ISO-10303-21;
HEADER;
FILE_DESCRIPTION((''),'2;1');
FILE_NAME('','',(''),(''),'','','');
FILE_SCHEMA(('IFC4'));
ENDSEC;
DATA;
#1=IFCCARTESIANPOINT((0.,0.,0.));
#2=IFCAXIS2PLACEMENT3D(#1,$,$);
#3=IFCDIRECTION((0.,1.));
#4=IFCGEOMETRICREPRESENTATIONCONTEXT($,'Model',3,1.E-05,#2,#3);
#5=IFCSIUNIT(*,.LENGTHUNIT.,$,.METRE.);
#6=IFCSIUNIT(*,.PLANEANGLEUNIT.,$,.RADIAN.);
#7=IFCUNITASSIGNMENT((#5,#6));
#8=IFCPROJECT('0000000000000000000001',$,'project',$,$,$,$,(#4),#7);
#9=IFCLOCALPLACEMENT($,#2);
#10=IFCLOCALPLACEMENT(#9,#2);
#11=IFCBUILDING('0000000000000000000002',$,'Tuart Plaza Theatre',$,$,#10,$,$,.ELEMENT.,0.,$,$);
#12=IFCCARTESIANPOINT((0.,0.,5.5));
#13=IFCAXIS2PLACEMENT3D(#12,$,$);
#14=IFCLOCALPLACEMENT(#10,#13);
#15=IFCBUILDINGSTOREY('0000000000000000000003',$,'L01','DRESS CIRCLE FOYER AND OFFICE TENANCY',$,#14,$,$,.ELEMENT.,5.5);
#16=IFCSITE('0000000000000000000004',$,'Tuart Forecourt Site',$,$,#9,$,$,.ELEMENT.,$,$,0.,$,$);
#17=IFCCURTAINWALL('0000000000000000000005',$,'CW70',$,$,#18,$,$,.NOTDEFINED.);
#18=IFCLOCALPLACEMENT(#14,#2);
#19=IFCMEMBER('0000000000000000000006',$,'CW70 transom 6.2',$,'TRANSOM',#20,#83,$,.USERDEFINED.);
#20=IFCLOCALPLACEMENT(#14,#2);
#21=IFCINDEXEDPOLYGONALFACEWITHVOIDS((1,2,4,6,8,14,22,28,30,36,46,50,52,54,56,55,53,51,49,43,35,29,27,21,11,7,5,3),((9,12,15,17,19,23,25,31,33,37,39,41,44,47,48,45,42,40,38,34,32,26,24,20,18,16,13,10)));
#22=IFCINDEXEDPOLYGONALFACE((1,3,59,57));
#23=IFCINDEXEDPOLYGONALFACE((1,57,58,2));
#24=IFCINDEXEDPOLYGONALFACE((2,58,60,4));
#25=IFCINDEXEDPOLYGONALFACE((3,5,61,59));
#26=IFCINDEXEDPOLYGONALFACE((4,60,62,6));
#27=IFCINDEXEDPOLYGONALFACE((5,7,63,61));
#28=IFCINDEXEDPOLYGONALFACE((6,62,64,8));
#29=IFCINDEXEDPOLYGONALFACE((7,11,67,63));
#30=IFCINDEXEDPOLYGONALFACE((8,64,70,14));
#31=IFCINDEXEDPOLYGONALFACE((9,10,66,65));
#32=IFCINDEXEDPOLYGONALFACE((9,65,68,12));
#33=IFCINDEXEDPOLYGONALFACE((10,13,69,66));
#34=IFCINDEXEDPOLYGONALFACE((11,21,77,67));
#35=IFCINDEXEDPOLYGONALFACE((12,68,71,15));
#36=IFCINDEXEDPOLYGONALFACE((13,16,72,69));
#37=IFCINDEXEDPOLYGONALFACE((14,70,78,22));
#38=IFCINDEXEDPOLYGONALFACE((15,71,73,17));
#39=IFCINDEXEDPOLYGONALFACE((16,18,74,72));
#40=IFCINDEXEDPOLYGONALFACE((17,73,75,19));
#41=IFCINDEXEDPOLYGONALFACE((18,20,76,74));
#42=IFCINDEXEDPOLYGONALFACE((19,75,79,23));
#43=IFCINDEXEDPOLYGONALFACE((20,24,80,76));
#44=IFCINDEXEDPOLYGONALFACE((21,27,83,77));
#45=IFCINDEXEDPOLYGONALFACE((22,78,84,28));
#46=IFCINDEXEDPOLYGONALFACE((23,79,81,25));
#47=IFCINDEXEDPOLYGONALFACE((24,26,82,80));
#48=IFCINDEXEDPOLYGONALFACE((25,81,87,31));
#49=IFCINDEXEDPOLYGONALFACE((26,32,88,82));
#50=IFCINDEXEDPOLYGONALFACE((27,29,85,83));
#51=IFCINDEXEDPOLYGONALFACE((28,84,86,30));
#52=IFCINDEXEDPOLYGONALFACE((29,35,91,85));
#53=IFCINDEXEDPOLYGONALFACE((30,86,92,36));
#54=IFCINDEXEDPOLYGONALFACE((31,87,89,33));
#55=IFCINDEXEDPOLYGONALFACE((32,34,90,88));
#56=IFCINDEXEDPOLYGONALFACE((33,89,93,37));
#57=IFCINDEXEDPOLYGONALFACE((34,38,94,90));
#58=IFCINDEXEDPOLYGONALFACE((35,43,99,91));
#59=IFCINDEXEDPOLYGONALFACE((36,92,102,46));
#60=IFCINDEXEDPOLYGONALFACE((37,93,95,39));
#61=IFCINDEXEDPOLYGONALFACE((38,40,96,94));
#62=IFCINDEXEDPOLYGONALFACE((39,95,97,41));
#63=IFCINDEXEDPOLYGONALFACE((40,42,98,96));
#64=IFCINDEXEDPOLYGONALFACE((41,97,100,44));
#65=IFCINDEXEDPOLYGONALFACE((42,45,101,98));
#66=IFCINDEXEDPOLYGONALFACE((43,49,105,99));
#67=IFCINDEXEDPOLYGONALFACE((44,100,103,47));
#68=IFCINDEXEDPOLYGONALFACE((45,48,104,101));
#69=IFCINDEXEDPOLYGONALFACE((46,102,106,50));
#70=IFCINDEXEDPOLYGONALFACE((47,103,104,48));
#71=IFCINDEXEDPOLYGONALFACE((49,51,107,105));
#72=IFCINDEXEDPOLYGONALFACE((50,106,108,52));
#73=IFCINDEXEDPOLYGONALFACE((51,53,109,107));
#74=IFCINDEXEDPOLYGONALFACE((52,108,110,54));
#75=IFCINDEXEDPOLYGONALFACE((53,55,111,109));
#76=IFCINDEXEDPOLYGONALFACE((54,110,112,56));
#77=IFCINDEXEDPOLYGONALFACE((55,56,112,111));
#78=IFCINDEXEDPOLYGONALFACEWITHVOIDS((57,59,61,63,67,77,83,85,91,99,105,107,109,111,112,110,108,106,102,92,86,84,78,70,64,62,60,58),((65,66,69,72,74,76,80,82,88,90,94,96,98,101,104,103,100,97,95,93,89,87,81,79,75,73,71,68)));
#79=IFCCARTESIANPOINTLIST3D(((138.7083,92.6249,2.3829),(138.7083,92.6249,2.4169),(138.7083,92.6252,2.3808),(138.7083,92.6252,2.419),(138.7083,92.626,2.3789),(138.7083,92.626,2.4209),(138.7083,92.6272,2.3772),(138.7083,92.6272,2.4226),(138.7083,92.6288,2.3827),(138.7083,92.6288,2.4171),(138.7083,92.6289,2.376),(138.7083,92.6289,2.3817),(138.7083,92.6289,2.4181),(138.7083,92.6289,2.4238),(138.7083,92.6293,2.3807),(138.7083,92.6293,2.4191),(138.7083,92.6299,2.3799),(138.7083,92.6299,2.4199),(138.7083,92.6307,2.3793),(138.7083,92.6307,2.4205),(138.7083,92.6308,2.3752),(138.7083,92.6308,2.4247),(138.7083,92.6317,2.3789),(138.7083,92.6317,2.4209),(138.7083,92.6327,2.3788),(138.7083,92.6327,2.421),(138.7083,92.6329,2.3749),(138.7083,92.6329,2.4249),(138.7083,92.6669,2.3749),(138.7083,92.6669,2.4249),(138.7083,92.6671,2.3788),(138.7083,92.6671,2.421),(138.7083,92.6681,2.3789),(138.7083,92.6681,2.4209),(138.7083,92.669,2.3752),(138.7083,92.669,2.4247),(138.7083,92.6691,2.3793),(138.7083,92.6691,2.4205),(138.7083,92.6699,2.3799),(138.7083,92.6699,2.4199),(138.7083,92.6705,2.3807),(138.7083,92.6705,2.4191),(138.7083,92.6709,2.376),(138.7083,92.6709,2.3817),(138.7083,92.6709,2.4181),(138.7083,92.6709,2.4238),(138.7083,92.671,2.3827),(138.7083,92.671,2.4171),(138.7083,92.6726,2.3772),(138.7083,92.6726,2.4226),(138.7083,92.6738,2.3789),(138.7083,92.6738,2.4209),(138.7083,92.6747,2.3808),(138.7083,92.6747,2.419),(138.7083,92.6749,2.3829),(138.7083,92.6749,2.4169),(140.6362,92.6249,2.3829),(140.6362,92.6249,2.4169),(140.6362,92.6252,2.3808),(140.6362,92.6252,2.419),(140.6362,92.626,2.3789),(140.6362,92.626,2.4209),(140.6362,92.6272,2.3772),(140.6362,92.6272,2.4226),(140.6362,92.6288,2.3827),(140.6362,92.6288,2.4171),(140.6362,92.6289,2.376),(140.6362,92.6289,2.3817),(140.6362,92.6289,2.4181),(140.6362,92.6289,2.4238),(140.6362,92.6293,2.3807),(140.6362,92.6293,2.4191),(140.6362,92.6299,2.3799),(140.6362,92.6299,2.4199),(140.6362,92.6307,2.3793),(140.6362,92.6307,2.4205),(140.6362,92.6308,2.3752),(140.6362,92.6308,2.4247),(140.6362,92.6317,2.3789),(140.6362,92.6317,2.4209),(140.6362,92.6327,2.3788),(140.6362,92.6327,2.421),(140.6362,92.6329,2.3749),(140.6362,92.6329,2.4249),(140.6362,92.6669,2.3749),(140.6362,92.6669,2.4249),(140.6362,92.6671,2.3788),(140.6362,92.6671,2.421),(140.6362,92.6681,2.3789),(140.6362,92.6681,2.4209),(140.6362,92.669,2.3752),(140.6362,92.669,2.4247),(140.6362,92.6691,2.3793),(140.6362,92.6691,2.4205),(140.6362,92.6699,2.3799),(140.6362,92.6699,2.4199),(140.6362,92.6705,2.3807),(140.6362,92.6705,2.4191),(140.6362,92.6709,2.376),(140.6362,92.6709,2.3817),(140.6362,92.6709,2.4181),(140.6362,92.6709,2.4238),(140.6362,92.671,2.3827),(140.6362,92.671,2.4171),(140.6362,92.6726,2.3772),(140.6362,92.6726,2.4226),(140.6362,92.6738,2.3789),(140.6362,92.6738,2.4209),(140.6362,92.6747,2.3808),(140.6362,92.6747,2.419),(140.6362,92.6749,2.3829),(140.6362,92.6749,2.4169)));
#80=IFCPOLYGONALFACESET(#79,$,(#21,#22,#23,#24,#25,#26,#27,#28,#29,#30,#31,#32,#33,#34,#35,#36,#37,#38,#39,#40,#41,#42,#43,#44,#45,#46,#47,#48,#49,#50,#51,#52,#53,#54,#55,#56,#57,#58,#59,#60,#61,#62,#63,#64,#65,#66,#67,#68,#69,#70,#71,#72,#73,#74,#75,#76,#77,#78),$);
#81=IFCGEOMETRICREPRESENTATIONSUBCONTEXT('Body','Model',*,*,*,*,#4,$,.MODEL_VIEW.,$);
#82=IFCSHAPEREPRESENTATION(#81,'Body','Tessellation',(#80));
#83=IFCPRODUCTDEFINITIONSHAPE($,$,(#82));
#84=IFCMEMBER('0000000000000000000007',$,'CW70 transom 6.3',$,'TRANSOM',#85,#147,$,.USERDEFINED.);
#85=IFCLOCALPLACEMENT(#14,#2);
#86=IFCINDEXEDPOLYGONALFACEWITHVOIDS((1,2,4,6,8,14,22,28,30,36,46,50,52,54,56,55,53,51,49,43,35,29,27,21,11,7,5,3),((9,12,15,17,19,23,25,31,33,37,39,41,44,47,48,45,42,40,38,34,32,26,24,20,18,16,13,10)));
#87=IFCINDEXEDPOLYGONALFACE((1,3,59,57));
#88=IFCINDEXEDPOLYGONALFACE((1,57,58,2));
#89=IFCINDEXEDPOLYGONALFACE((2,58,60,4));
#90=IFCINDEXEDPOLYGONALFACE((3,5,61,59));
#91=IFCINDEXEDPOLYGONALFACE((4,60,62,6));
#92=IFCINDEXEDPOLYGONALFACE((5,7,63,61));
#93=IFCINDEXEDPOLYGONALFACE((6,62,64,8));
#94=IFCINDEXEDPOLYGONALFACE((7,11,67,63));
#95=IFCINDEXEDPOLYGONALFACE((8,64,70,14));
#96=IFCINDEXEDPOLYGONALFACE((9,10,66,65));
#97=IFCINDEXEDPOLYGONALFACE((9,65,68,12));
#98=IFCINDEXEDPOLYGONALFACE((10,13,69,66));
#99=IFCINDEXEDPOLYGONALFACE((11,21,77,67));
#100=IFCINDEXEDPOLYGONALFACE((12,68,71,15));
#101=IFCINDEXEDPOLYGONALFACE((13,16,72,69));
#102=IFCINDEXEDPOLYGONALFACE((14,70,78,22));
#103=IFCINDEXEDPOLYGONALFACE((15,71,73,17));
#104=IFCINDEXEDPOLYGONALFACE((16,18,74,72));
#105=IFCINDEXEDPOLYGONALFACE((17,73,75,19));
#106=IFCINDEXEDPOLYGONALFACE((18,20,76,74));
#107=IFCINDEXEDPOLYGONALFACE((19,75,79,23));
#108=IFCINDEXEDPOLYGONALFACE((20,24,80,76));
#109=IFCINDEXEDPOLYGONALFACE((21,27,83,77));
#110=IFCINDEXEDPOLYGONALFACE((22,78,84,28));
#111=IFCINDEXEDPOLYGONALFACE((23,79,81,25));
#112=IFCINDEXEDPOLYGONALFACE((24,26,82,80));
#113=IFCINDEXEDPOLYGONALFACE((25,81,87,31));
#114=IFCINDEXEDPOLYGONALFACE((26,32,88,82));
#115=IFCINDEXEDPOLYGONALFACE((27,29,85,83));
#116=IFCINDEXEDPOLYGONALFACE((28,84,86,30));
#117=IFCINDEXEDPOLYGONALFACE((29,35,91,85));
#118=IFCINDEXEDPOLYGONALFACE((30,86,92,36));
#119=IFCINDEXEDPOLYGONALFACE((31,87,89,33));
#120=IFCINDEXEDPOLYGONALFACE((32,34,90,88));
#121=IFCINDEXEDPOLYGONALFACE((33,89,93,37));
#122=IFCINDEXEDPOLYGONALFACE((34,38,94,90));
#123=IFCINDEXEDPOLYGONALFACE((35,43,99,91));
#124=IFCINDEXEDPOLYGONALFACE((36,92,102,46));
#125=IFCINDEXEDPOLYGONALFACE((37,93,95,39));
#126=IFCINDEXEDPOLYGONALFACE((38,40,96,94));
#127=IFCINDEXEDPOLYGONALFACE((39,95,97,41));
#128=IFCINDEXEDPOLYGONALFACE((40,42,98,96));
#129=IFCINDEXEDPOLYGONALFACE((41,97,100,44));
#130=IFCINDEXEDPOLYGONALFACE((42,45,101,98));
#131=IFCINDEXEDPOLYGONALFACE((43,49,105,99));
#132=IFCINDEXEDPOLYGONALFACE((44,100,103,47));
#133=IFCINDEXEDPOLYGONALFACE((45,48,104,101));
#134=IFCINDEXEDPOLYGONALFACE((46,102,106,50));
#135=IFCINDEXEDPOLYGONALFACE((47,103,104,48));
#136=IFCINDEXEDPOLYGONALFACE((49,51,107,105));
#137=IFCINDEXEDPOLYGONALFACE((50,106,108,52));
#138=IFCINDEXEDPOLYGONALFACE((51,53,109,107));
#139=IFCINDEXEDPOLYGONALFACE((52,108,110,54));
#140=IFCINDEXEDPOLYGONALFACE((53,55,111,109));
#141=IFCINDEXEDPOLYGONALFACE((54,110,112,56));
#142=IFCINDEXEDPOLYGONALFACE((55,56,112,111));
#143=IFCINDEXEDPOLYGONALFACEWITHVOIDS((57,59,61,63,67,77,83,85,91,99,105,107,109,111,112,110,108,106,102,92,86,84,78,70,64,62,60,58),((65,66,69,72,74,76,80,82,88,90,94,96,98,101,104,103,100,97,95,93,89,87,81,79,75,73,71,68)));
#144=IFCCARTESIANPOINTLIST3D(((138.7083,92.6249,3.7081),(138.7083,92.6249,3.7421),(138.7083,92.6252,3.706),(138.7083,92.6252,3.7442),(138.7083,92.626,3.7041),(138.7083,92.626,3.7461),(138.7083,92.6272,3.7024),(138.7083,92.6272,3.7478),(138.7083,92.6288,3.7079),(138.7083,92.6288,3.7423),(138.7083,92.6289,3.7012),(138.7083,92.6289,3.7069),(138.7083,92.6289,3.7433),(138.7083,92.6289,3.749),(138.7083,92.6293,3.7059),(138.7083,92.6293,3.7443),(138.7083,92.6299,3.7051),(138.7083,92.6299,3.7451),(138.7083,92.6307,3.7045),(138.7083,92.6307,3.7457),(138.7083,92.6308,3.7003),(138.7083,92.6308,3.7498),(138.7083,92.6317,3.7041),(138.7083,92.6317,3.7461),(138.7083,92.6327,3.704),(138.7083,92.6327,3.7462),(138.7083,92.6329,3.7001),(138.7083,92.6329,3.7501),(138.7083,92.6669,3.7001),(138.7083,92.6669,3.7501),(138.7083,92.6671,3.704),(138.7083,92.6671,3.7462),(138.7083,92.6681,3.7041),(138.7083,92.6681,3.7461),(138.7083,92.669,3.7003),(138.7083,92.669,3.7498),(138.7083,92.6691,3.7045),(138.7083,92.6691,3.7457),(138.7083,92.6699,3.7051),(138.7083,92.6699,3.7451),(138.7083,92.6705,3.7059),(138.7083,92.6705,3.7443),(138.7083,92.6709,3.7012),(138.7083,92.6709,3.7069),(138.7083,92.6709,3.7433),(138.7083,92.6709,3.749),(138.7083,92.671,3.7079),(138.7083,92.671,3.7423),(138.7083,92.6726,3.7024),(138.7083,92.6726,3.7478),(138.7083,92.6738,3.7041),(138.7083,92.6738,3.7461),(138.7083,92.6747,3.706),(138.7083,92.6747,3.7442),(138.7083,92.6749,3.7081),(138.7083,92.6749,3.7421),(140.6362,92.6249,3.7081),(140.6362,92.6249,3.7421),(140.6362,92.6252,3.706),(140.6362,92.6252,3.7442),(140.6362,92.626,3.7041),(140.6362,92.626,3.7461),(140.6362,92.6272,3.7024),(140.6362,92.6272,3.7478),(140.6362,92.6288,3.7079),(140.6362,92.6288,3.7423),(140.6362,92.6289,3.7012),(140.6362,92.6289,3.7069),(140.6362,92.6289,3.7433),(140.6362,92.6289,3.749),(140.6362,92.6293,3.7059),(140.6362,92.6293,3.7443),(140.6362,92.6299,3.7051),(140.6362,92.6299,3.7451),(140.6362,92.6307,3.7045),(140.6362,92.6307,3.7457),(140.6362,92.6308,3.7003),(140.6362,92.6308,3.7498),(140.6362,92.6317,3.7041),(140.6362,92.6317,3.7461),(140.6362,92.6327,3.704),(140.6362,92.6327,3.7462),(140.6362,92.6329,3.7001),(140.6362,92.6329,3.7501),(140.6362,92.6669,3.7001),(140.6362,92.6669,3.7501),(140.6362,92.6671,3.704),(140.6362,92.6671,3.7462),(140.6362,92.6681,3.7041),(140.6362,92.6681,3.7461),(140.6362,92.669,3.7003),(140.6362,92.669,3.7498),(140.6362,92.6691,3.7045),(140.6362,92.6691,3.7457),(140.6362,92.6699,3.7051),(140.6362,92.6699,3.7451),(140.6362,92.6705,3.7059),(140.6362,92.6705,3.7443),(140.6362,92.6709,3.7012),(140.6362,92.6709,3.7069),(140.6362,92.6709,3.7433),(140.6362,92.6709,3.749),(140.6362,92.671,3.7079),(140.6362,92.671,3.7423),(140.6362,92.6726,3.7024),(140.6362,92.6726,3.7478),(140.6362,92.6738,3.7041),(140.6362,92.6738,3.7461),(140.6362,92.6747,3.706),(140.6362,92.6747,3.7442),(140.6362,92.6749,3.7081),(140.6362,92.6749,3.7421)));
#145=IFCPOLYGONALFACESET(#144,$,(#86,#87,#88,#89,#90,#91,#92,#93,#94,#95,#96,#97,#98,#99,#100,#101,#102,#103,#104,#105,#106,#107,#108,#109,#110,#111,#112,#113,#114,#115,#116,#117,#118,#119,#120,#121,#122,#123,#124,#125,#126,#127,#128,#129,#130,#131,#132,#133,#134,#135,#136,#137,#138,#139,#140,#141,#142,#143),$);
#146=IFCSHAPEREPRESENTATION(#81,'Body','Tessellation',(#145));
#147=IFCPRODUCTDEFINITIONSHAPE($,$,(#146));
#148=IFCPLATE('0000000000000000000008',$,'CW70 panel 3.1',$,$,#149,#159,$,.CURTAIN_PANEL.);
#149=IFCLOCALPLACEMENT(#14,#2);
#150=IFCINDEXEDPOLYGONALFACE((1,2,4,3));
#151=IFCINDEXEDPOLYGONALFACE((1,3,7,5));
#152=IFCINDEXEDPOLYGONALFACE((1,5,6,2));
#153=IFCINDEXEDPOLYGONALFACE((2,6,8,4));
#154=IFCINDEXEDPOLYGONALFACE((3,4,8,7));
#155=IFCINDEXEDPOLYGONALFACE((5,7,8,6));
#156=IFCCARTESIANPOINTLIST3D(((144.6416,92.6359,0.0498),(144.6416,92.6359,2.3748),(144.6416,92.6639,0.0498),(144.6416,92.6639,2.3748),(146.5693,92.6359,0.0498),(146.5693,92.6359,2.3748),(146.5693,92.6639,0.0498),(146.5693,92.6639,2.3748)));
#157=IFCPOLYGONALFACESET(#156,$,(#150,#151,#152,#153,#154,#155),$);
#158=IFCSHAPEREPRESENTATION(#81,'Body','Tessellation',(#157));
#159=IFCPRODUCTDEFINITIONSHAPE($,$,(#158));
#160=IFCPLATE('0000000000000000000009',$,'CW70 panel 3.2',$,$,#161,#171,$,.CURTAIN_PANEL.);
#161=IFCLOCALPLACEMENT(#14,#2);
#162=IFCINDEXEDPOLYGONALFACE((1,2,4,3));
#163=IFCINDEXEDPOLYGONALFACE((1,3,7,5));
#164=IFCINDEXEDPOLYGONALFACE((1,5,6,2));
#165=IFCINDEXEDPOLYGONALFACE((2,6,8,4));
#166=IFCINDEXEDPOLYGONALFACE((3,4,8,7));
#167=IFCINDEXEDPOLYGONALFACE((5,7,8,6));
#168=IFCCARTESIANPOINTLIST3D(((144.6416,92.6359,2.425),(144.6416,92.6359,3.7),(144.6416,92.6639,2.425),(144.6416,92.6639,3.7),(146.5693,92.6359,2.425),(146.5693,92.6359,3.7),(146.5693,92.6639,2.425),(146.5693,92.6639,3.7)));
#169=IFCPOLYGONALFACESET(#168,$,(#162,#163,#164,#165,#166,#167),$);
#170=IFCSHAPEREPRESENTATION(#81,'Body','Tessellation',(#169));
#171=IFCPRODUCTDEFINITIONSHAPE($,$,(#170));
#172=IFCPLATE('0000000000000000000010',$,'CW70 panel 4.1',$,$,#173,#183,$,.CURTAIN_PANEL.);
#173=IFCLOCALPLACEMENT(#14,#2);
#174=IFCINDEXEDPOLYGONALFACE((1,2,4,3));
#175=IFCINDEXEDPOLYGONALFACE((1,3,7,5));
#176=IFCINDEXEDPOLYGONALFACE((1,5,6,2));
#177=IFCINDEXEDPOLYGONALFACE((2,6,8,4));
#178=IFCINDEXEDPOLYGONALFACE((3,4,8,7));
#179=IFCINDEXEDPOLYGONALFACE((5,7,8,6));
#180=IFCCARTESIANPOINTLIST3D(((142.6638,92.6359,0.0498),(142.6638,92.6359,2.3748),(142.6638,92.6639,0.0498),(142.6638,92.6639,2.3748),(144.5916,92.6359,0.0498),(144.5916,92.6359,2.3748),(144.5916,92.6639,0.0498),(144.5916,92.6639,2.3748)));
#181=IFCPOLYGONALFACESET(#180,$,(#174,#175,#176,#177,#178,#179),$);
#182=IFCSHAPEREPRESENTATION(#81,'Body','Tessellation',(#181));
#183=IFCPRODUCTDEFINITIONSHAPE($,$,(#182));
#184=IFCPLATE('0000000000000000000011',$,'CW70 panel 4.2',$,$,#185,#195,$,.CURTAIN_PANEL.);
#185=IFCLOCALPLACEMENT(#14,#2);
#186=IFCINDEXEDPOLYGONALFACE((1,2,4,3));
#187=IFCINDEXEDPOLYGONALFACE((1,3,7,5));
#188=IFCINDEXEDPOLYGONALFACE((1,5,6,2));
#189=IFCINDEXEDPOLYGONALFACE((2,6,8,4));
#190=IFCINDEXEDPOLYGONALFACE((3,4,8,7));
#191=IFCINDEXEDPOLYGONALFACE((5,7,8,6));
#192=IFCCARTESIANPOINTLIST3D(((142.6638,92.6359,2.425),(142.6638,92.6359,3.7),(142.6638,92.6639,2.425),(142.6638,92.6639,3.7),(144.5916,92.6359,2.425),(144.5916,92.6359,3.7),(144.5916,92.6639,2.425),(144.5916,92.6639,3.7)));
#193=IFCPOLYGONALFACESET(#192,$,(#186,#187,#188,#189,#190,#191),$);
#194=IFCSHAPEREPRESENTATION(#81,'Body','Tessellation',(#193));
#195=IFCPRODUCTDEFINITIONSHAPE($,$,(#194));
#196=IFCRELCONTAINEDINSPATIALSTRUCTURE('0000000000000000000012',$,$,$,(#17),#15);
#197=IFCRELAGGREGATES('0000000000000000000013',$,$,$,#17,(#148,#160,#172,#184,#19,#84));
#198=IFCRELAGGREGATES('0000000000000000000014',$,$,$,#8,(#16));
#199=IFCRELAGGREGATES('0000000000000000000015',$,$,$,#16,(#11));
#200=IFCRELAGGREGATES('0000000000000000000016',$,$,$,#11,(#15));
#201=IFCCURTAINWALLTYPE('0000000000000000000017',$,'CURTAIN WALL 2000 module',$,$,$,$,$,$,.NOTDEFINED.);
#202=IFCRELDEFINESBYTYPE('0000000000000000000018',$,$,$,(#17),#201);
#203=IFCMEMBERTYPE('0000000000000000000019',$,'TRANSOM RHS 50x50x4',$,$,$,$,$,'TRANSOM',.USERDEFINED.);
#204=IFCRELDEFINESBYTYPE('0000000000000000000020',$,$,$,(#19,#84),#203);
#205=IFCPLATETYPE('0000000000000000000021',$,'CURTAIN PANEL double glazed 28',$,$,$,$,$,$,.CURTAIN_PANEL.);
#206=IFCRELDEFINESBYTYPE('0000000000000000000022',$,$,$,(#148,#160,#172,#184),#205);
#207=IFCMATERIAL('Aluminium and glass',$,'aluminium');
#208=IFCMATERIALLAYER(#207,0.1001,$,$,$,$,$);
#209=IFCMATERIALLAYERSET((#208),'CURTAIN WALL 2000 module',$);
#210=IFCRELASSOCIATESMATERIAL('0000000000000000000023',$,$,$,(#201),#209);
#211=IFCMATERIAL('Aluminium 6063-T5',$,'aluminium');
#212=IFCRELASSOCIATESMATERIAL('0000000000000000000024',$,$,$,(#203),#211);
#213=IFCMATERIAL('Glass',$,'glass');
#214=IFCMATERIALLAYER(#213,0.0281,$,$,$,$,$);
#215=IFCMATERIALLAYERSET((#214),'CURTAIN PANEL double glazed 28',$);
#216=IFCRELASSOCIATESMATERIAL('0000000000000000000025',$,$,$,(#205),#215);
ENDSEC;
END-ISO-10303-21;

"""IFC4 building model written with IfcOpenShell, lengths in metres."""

from ifc_helpers import new_model, si_unit, direction, frame, origin, origin_2d, place, context, subcontext, project, spatial, rectangle, hollow_rectangle, extrude, material, layer, layer_set, material_profile, profile_set, type_object, element, aggregate, save


model = new_model("IFC4")

# Units and contexts
model_context = context("Model", 3, precision=1e-05, world=origin(), true_north=direction((0.0, 1.0)))
body_context = subcontext(model_context, "Body", "Model", "MODEL_VIEW")
ifc_project = project(units=[si_unit("LENGTHUNIT", "METRE"), si_unit("PLANEANGLEUNIT", "RADIAN")], contexts=[model_context])

# Site, building, storey
site_placement = place(None, origin())
site = spatial("IfcSite", under=ifc_project, at=site_placement, Name="Tuart Forecourt Site", CompositionType="ELEMENT", RefElevation=0.0)
building_placement = place(site_placement, origin())
building = spatial("IfcBuilding", under=site, at=building_placement, Name="Tuart Plaza Theatre", CompositionType="ELEMENT", ElevationOfRefHeight=0.0)
storey_placement = place(building_placement, frame((0.0, 0.0, 5.5)))
storey = spatial("IfcBuildingStorey", under=building, at=storey_placement, Name="L01", Description="DRESS CIRCLE FOYER AND OFFICE TENANCY", CompositionType="ELEMENT", Elevation=5.5)

# Curtain wall, members, plates
ifc_material_1 = material(Name="Aluminium and glass", Category="aluminium")
ifc_layer_1 = layer(ifc_material_1, 0.1001)
ifc_layer_set_1 = layer_set([ifc_layer_1], Name="CURTAIN WALL 2000 module")
curtain_wall_type = type_object("IfcCurtainWallType", Name="CURTAIN WALL 2000 module", PredefinedType="NOTDEFINED", material=ifc_layer_set_1)
curtain_wall_placement = place(storey_placement, origin())
curtain_wall = element("IfcCurtainWall", 1, at=curtain_wall_placement, inside=storey, type_object=curtain_wall_type, Name="CW70", PredefinedType="NOTDEFINED")
ifc_material_2 = material(Name="Aluminium 6063-T5", Category="aluminium")
ifc_material_profile_1 = material_profile(ifc_material_2, hollow_rectangle(XDim=0.05, YDim=0.05, WallThickness=0.0039, InnerFilletRadius=0.0039, OuterFilletRadius=0.0081, at=origin_2d()), Name="RHS 50x50x4")
ifc_profile_set_1 = profile_set([ifc_material_profile_1], Name="Aluminium 6063-T5")
member_type_1 = type_object("IfcMemberType", Name="TRANSOM RHS 50x50x4", ElementType="TRANSOM", PredefinedType="USERDEFINED", material=ifc_profile_set_1)
member_1_placement = place(storey_placement, frame((140.6362, 92.6499, 2.3999), z_axis=(-1.0, 0.0, 0.0), x_axis=(0.0, -1.0, 0.0)))
member_1 = element("IfcMember", 2, at=member_1_placement, type_object=member_type_1, Name="CW70 transom 6.2", ObjectType="TRANSOM", PredefinedType="USERDEFINED", context=body_context, shape_type="SweptSolid", body=[
    extrude(hollow_rectangle(XDim=0.05, YDim=0.05, WallThickness=0.0039, InnerFilletRadius=0.0039, OuterFilletRadius=0.0081, at=origin_2d()), origin(), (0.0, 0.0, 1.0), 1.928),
])
member_2_placement = place(storey_placement, frame((140.6362, 92.6499, 3.7251), z_axis=(-1.0, 0.0, 0.0), x_axis=(0.0, -1.0, 0.0)))
member_2 = element("IfcMember", 3, at=member_2_placement, type_object=member_type_1, Name="CW70 transom 6.3", ObjectType="TRANSOM", PredefinedType="USERDEFINED", context=body_context, shape_type="SweptSolid", body=[
    extrude(hollow_rectangle(XDim=0.05, YDim=0.05, WallThickness=0.0039, InnerFilletRadius=0.0039, OuterFilletRadius=0.0081, at=origin_2d()), origin(), (0.0, 0.0, 1.0), 1.928),
])
ifc_material_3 = material(Name="Glass", Category="glass")
ifc_layer_2 = layer(ifc_material_3, 0.0281)
ifc_layer_set_2 = layer_set([ifc_layer_2], Name="CURTAIN PANEL double glazed 28")
plate_type = type_object("IfcPlateType", Name="CURTAIN PANEL double glazed 28", PredefinedType="CURTAIN_PANEL", material=ifc_layer_set_2)
plate_1_placement = place(storey_placement, frame((145.6055, 92.6499, 0.0498), z_axis=(0.0, 0.0, 1.0), x_axis=(-1.0, 0.0, 0.0)))
plate_1 = element("IfcPlate", 4, at=plate_1_placement, type_object=plate_type, Name="CW70 panel 3.1", PredefinedType="CURTAIN_PANEL", context=body_context, shape_type="SweptSolid", body=[
    extrude(rectangle(XDim=1.9277, YDim=0.0281, at=origin_2d()), origin(), (0.0, 0.0, 1.0), 2.325),
])
plate_2_placement = place(storey_placement, frame((145.6055, 92.6499, 2.425), z_axis=(0.0, 0.0, 1.0), x_axis=(-1.0, 0.0, 0.0)))
plate_2 = element("IfcPlate", 5, at=plate_2_placement, type_object=plate_type, Name="CW70 panel 3.2", PredefinedType="CURTAIN_PANEL", context=body_context, shape_type="SweptSolid", body=[
    extrude(rectangle(XDim=1.9277, YDim=0.0281, at=origin_2d()), origin(), (0.0, 0.0, 1.0), 1.2749),
])
plate_3_placement = place(storey_placement, frame((143.6277, 92.6499, 0.0498), z_axis=(0.0, 0.0, 1.0), x_axis=(-1.0, 0.0, 0.0)))
plate_3 = element("IfcPlate", 6, at=plate_3_placement, type_object=plate_type, Name="CW70 panel 4.1", PredefinedType="CURTAIN_PANEL", context=body_context, shape_type="SweptSolid", body=[
    extrude(rectangle(XDim=1.9277, YDim=0.0281, at=origin_2d()), origin(), (0.0, 0.0, 1.0), 2.325),
])
plate_4_placement = place(storey_placement, frame((143.6277, 92.6499, 2.425), z_axis=(0.0, 0.0, 1.0), x_axis=(-1.0, 0.0, 0.0)))
plate_4 = element("IfcPlate", 7, at=plate_4_placement, type_object=plate_type, Name="CW70 panel 4.2", PredefinedType="CURTAIN_PANEL", context=body_context, shape_type="SweptSolid", body=[
    extrude(rectangle(XDim=1.9277, YDim=0.0281, at=origin_2d()), origin(), (0.0, 0.0, 1.0), 1.2749),
])
aggregate(curtain_wall, [plate_1, plate_2, plate_3, plate_4, member_1, member_2])

save(model, "model.ifc")
